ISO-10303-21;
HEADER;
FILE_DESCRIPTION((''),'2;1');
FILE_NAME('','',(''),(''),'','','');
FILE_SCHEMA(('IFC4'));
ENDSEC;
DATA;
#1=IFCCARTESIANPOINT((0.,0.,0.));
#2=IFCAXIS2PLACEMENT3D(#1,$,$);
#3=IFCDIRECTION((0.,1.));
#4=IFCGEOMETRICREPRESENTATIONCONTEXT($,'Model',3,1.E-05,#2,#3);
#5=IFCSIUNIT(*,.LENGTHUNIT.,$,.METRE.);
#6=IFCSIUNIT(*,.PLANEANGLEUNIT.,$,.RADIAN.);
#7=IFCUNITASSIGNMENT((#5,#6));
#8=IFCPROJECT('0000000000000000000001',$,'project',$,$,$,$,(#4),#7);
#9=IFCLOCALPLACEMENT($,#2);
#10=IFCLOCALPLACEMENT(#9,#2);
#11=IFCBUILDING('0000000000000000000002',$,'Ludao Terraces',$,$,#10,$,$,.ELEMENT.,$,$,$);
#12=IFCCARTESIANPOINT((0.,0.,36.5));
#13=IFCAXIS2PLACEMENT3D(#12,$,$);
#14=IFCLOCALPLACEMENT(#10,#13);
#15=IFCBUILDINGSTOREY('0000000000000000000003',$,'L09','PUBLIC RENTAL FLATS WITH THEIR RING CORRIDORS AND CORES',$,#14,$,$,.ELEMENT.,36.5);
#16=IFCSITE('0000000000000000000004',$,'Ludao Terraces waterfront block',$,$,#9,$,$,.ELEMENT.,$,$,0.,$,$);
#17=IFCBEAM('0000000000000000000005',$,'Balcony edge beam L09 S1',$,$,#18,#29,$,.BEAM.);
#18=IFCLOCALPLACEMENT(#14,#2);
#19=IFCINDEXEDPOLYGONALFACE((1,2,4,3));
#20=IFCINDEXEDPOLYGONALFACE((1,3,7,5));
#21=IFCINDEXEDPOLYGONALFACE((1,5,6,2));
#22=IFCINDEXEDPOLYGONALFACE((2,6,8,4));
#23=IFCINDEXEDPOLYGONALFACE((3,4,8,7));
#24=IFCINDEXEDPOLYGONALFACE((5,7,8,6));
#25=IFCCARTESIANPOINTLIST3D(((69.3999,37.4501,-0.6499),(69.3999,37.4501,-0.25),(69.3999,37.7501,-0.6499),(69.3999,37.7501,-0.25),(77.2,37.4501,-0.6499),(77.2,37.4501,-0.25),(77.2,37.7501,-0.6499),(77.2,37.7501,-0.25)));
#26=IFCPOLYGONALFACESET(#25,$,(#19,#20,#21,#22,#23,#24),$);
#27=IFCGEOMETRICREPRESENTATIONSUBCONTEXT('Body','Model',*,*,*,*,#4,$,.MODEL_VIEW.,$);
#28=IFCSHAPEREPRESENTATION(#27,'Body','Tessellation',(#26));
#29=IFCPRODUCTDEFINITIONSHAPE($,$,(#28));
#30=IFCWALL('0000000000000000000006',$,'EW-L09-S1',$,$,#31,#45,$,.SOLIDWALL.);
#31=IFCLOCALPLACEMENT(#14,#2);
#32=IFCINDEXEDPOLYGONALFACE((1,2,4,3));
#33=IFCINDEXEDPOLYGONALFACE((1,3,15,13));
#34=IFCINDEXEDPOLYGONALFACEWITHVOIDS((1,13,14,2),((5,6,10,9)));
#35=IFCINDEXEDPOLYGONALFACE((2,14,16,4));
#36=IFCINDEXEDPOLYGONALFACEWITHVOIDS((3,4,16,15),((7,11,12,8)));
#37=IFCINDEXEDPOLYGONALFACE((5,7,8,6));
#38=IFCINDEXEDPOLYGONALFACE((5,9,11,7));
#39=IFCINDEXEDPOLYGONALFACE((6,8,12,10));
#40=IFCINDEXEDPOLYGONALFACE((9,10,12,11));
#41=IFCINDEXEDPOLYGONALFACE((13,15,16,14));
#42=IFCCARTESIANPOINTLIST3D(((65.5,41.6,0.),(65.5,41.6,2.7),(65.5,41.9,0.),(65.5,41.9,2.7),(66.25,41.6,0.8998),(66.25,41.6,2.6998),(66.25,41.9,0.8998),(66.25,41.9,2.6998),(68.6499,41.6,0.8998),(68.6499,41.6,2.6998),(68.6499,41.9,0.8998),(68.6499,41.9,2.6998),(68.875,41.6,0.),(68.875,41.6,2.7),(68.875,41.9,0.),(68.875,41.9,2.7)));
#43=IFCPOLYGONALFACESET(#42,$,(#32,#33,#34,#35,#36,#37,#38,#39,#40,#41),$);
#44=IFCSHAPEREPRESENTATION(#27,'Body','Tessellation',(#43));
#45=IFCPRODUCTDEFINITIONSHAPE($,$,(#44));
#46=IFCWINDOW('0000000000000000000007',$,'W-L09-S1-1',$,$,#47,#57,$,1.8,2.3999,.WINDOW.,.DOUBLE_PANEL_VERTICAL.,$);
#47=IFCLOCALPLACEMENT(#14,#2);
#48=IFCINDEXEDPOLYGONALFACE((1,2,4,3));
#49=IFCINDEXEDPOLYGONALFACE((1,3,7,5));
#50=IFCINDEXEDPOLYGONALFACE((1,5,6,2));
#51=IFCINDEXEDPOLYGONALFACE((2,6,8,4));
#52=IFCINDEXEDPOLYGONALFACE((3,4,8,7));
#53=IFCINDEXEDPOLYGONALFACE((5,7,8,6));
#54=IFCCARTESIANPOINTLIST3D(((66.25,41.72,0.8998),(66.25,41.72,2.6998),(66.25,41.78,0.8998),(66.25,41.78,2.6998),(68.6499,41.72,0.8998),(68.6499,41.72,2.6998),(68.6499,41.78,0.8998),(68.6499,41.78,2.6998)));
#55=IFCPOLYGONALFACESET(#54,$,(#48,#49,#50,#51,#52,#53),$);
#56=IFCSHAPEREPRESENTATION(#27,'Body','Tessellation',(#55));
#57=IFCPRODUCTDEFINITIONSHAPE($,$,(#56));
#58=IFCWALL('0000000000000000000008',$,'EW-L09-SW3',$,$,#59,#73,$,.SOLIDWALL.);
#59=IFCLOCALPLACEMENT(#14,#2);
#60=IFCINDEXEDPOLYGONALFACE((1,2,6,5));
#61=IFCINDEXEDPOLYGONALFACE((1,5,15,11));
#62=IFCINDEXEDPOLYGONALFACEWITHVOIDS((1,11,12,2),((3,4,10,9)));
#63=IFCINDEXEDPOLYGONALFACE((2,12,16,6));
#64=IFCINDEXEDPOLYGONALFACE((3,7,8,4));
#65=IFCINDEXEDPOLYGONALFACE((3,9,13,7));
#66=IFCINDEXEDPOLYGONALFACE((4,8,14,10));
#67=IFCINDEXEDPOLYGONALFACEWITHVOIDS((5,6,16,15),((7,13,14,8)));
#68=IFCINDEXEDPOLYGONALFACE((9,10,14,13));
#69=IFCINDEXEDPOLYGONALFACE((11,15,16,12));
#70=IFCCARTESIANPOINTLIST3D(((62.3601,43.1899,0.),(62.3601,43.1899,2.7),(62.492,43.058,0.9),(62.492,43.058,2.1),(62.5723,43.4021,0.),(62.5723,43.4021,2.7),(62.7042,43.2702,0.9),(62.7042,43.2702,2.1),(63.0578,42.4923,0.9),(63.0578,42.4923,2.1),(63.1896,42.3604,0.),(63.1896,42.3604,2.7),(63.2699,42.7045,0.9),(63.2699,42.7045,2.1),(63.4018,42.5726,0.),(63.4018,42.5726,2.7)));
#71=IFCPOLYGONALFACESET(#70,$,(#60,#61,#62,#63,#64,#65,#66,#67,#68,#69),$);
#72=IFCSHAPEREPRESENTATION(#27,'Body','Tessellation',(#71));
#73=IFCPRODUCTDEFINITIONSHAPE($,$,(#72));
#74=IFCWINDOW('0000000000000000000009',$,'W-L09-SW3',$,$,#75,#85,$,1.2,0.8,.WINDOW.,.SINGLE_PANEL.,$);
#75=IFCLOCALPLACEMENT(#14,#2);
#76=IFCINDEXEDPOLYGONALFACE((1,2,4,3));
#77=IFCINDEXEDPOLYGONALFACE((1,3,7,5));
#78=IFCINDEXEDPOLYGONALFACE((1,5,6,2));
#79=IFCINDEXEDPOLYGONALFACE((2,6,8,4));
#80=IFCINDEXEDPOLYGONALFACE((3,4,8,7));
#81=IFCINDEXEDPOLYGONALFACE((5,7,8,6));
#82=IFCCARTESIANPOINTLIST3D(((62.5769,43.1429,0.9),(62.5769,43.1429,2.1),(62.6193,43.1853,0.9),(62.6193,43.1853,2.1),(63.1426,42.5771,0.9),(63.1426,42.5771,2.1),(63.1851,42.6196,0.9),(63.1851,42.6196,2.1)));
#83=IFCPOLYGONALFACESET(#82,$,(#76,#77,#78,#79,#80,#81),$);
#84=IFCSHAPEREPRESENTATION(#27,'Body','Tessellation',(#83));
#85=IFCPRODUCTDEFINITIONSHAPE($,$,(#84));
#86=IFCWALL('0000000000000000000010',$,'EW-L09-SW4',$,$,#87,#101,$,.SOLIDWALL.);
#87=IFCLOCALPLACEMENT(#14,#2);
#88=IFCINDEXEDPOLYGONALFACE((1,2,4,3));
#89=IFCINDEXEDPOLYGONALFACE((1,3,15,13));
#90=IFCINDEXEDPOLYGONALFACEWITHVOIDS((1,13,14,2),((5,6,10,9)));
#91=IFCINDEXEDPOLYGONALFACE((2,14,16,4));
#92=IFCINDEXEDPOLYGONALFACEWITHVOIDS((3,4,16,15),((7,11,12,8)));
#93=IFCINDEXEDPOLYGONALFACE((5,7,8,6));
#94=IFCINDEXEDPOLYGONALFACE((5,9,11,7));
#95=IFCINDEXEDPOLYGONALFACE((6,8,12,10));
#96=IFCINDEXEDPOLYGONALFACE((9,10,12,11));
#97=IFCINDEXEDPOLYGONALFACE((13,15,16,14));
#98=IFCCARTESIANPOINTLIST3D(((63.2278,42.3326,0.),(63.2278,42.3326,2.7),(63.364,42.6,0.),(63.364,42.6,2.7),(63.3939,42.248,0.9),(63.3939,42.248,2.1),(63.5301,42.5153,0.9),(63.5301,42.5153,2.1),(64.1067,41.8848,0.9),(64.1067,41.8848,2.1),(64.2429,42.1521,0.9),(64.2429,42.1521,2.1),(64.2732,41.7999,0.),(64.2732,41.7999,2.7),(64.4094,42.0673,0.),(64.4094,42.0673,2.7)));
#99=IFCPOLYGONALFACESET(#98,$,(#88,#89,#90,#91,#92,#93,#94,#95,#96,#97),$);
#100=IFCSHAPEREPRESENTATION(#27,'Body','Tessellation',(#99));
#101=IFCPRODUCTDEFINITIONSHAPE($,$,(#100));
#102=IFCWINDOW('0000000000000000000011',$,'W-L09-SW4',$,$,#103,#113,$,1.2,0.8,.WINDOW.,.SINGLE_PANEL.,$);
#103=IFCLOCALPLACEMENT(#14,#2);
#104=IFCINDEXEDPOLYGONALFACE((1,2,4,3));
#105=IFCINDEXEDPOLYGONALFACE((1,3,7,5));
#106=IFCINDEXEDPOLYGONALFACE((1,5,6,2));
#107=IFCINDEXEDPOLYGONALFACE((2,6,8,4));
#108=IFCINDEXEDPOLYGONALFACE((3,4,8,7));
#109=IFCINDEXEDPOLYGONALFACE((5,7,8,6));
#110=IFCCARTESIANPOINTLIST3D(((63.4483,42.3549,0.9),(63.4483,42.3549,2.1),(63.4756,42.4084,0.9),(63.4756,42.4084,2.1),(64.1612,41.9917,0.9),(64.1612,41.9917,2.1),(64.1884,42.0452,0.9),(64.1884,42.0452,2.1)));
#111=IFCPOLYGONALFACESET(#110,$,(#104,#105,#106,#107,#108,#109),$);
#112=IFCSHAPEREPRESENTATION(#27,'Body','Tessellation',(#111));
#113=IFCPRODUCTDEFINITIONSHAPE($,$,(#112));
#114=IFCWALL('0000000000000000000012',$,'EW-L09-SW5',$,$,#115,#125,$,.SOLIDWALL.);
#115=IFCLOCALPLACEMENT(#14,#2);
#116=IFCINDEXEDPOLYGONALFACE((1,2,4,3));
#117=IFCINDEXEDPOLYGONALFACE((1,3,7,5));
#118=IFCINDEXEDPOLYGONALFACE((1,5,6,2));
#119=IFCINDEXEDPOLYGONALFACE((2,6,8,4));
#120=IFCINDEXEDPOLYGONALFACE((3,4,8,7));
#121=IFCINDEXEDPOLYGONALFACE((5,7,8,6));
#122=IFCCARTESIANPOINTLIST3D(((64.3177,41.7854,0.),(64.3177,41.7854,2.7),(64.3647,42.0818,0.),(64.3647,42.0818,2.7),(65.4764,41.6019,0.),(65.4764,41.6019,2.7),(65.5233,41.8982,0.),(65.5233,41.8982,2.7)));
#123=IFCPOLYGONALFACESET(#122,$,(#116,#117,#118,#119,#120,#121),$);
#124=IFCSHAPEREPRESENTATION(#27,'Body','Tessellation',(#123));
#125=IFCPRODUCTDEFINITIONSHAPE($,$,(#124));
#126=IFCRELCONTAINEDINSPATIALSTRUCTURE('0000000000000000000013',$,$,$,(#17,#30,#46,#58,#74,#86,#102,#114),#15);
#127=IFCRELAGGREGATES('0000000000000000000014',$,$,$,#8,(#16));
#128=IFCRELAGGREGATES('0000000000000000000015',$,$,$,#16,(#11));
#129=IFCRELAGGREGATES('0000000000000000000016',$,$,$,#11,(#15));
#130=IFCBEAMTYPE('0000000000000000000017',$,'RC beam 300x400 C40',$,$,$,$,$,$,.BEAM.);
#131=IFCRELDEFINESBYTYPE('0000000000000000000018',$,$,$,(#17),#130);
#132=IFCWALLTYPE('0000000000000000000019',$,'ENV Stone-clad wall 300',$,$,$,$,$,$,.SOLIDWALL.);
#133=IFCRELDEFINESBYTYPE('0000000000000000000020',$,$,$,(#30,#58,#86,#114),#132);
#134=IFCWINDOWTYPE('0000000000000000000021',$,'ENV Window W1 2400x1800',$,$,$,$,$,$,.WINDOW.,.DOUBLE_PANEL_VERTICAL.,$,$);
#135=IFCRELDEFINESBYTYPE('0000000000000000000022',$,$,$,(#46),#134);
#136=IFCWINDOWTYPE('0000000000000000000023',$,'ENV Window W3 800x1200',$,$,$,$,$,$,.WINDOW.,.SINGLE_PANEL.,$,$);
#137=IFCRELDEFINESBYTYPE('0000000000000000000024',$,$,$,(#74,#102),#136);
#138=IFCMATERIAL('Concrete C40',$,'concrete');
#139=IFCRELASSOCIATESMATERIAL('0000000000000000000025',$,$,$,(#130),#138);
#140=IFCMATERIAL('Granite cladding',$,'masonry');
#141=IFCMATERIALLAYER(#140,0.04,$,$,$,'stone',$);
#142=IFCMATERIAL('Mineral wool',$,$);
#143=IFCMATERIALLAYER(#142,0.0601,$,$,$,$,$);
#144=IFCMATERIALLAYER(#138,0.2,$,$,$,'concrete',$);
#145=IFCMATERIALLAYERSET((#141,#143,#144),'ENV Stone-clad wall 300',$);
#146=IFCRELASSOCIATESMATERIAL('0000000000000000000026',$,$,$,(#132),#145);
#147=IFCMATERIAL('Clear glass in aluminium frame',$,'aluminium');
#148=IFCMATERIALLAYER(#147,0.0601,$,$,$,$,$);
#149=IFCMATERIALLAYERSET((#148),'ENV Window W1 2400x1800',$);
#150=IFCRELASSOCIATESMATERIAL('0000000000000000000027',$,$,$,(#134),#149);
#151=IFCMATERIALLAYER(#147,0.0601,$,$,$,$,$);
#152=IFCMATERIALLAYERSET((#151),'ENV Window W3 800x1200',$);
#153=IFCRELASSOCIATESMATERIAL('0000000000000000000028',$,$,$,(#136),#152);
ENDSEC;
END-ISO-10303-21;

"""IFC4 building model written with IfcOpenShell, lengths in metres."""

from ifc_helpers import new_model, si_unit, direction, frame, frame_2d, origin, origin_2d, place, context, subcontext, project, spatial, rectangle, extrude, material, layer, layer_set, material_profile, profile_set, type_object, element, fill, save


model = new_model("IFC4")

# Units and contexts
model_context = context("Model", 3, precision=1e-05, world=origin(), true_north=direction((0.0, 1.0)))
body_context = subcontext(model_context, "Body", "Model", "MODEL_VIEW")
ifc_project = project(units=[si_unit("LENGTHUNIT", "METRE"), si_unit("PLANEANGLEUNIT", "RADIAN")], contexts=[model_context])

# Site, building, storey
site_placement = place(None, origin())
site = spatial("IfcSite", under=ifc_project, at=site_placement, Name="Ludao Terraces waterfront block", CompositionType="ELEMENT", RefElevation=0.0)
building_placement = place(site_placement, origin())
building = spatial("IfcBuilding", under=site, at=building_placement, Name="Ludao Terraces", CompositionType="ELEMENT")
storey_placement = place(building_placement, frame((0.0, 0.0, 36.5)))
storey = spatial("IfcBuildingStorey", under=building, at=storey_placement, Name="L09", Description="PUBLIC RENTAL FLATS WITH THEIR RING CORRIDORS AND CORES", CompositionType="ELEMENT", Elevation=36.5)

# Beam
ifc_material_1 = material(Name="Concrete C40", Category="concrete")
ifc_material_profile = material_profile(ifc_material_1, rectangle(XDim=0.3, YDim=0.3999, at=origin_2d()), Name="300 X 400")
ifc_profile_set = profile_set([ifc_material_profile], Name="Concrete C40")
beam_type = type_object("IfcBeamType", Name="RC beam 300x400 C40", PredefinedType="BEAM", material=ifc_profile_set)
beam_placement = place(storey_placement, frame((69.3999, 37.6001, -0.45), z_axis=(1.0, 0.0, 0.0), x_axis=(0.0, 1.0, 0.0)))
element("IfcBeam", 1, at=beam_placement, inside=storey, type_object=beam_type, Name="Balcony edge beam L09 S1", PredefinedType="BEAM", context=body_context, shape_type="SweptSolid", body=[
    extrude(rectangle(XDim=0.3, YDim=0.3999, at=origin_2d()), origin(), (0.0, 0.0, 1.0), 7.8),
])

# Walls, openings, windows
ifc_material_2 = material(Name="Granite cladding", Category="masonry")
ifc_layer_1 = layer(ifc_material_2, 0.04, Category="stone")
ifc_material_3 = material(Name="Mineral wool")
ifc_layer_2 = layer(ifc_material_3, 0.0601)
ifc_layer_3 = layer(ifc_material_1, 0.2, Category="concrete")
ifc_layer_set_1 = layer_set([ifc_layer_1, ifc_layer_2, ifc_layer_3], Name="ENV Stone-clad wall 300")
wall_type_1 = type_object("IfcWallType", Name="ENV Stone-clad wall 300", PredefinedType="SOLIDWALL", material=ifc_layer_set_1)
wall_1_placement = place(storey_placement, frame((65.5, 41.75, 0.0), z_axis=(0.0, 0.0, 1.0), x_axis=(1.0, 0.0, 0.0)))
wall_1 = element("IfcWall", 2, at=wall_1_placement, inside=storey, type_object=wall_type_1, Name="EW-L09-S1", PredefinedType="SOLIDWALL", context=body_context, shape_type="SweptSolid", body=[
    extrude(rectangle(XDim=3.375, YDim=0.3, at=frame_2d((1.6875, 0.0))), origin(), (0.0, 0.0, 1.0), 2.7),
])
opening_1_placement = place(wall_1_placement, frame((0.75, 0.0, 0.8999)))
opening_1 = element("IfcOpeningElement", 3, at=opening_1_placement, cuts=wall_1, PredefinedType="OPENING", context=body_context, shape_type="SweptSolid", body=[
    extrude(rectangle(XDim=2.3999, YDim=1.8, at=frame_2d((1.2, 0.8999))), frame((0.0, 0.1602, 0.0), z_axis=(0.0, -1.0, 0.0), x_axis=(1.0, 0.0, 0.0)), (0.0, 0.0, 1.0), 0.3201),
])
ifc_material_4 = material(Name="Clear glass in aluminium frame", Category="aluminium")
ifc_layer_4 = layer(ifc_material_4, 0.0601)
ifc_layer_set_2 = layer_set([ifc_layer_4], Name="ENV Window W1 2400x1800")
window_type_1 = type_object("IfcWindowType", Name="ENV Window W1 2400x1800", PartitioningType="DOUBLE_PANEL_VERTICAL", PredefinedType="WINDOW", material=ifc_layer_set_2)
window_1_placement = place(opening_1_placement, origin())
window_1 = element("IfcWindow", 4, at=window_1_placement, inside=storey, type_object=window_type_1, Name="W-L09-S1-1", OverallHeight=1.8, OverallWidth=2.3999, PartitioningType="DOUBLE_PANEL_VERTICAL", PredefinedType="WINDOW", context=body_context, shape_type="SweptSolid", body=[
    extrude(rectangle(XDim=2.3999, YDim=1.8, at=frame_2d((1.2, 0.8999))), frame((0.0, 0.03, 0.0), z_axis=(0.0, -1.0, 0.0), x_axis=(1.0, 0.0, 0.0)), (0.0, 0.0, 1.0), 0.0601),
])
fill(opening_1, window_1)
wall_2_placement = place(storey_placement, frame((62.4663, 43.2959, 0.0), z_axis=(0.0, 0.0, 1.0), x_axis=(0.707107, -0.707107, 0.0)))
wall_2 = element("IfcWall", 5, at=wall_2_placement, inside=storey, type_object=wall_type_1, Name="EW-L09-SW3", PredefinedType="SOLIDWALL", context=body_context, shape_type="SweptSolid", body=[
    extrude(rectangle(XDim=1.1731, YDim=0.3, at=frame_2d((0.5864, 0.0))), origin(), (0.0, 0.0, 1.0), 2.7),
])
opening_2_placement = place(wall_2_placement, frame((0.1865, 0.0, 0.8999)))
opening_2 = element("IfcOpeningElement", 6, at=opening_2_placement, cuts=wall_2, PredefinedType="OPENING", context=body_context, shape_type="SweptSolid", body=[
    extrude(rectangle(XDim=0.8, YDim=1.2, at=frame_2d((0.3999, 0.6001))), frame((0.0, 0.1602, 0.0), z_axis=(0.0, -1.0, 0.0), x_axis=(1.0, 0.0, 0.0)), (0.0, 0.0, 1.0), 0.3201),
])
ifc_layer_5 = layer(ifc_material_4, 0.0601)
ifc_layer_set_3 = layer_set([ifc_layer_5], Name="ENV Window W3 800x1200")
window_type_2 = type_object("IfcWindowType", Name="ENV Window W3 800x1200", PartitioningType="SINGLE_PANEL", PredefinedType="WINDOW", material=ifc_layer_set_3)
window_2_placement = place(opening_2_placement, origin())
window_2 = element("IfcWindow", 7, at=window_2_placement, inside=storey, type_object=window_type_2, Name="W-L09-SW3", OverallHeight=1.2, OverallWidth=0.8, PartitioningType="SINGLE_PANEL", PredefinedType="WINDOW", context=body_context, shape_type="SweptSolid", body=[
    extrude(rectangle(XDim=0.8, YDim=1.2, at=frame_2d((0.3999, 0.6001))), frame((0.0, 0.03, 0.0), z_axis=(0.0, -1.0, 0.0), x_axis=(1.0, 0.0, 0.0)), (0.0, 0.0, 1.0), 0.0601),
])
fill(opening_2, window_2)
wall_3_placement = place(storey_placement, frame((63.2959, 42.4663, 0.0), z_axis=(0.0, 0.0, 1.0), x_axis=(0.890989, -0.454026, 0.0)))
wall_3 = element("IfcWall", 8, at=wall_3_placement, inside=storey, type_object=wall_type_1, Name="EW-L09-SW4", PredefinedType="SOLIDWALL", context=body_context, shape_type="SweptSolid", body=[
    extrude(rectangle(XDim=1.1733, YDim=0.3, at=frame_2d((0.5867, 0.0))), origin(), (0.0, 0.0, 1.0), 2.7),
])
opening_3_placement = place(wall_3_placement, frame((0.1865, 0.0, 0.8999)))
opening_3 = element("IfcOpeningElement", 9, at=opening_3_placement, cuts=wall_3, PredefinedType="OPENING", context=body_context, shape_type="SweptSolid", body=[
    extrude(rectangle(XDim=0.8, YDim=1.2, at=frame_2d((0.3999, 0.6001))), frame((0.0, 0.1602, 0.0), z_axis=(0.0, -1.0, 0.0), x_axis=(1.0, 0.0, 0.0)), (0.0, 0.0, 1.0), 0.3201),
])
window_3_placement = place(opening_3_placement, origin())
window_3 = element("IfcWindow", 10, at=window_3_placement, inside=storey, type_object=window_type_2, Name="W-L09-SW4", OverallHeight=1.2, OverallWidth=0.8, PartitioningType="SINGLE_PANEL", PredefinedType="WINDOW", context=body_context, shape_type="SweptSolid", body=[
    extrude(rectangle(XDim=0.8, YDim=1.2, at=frame_2d((0.3999, 0.6001))), frame((0.0, 0.03, 0.0), z_axis=(0.0, -1.0, 0.0), x_axis=(1.0, 0.0, 0.0)), (0.0, 0.0, 1.0), 0.0601),
])
fill(opening_3, window_3)

# Wall
wall_4_placement = place(storey_placement, frame((64.3413, 41.9336, 0.0), z_axis=(0.0, 0.0, 1.0), x_axis=(0.987678, -0.156497, 0.0)))
element("IfcWall", 11, at=wall_4_placement, inside=storey, type_object=wall_type_1, Name="EW-L09-SW5", PredefinedType="SOLIDWALL", context=body_context, shape_type="SweptSolid", body=[
    extrude(rectangle(XDim=1.1731, YDim=0.3, at=frame_2d((0.5864, 0.0))), origin(), (0.0, 0.0, 1.0), 2.7),
])

save(model, "model.ifc")
